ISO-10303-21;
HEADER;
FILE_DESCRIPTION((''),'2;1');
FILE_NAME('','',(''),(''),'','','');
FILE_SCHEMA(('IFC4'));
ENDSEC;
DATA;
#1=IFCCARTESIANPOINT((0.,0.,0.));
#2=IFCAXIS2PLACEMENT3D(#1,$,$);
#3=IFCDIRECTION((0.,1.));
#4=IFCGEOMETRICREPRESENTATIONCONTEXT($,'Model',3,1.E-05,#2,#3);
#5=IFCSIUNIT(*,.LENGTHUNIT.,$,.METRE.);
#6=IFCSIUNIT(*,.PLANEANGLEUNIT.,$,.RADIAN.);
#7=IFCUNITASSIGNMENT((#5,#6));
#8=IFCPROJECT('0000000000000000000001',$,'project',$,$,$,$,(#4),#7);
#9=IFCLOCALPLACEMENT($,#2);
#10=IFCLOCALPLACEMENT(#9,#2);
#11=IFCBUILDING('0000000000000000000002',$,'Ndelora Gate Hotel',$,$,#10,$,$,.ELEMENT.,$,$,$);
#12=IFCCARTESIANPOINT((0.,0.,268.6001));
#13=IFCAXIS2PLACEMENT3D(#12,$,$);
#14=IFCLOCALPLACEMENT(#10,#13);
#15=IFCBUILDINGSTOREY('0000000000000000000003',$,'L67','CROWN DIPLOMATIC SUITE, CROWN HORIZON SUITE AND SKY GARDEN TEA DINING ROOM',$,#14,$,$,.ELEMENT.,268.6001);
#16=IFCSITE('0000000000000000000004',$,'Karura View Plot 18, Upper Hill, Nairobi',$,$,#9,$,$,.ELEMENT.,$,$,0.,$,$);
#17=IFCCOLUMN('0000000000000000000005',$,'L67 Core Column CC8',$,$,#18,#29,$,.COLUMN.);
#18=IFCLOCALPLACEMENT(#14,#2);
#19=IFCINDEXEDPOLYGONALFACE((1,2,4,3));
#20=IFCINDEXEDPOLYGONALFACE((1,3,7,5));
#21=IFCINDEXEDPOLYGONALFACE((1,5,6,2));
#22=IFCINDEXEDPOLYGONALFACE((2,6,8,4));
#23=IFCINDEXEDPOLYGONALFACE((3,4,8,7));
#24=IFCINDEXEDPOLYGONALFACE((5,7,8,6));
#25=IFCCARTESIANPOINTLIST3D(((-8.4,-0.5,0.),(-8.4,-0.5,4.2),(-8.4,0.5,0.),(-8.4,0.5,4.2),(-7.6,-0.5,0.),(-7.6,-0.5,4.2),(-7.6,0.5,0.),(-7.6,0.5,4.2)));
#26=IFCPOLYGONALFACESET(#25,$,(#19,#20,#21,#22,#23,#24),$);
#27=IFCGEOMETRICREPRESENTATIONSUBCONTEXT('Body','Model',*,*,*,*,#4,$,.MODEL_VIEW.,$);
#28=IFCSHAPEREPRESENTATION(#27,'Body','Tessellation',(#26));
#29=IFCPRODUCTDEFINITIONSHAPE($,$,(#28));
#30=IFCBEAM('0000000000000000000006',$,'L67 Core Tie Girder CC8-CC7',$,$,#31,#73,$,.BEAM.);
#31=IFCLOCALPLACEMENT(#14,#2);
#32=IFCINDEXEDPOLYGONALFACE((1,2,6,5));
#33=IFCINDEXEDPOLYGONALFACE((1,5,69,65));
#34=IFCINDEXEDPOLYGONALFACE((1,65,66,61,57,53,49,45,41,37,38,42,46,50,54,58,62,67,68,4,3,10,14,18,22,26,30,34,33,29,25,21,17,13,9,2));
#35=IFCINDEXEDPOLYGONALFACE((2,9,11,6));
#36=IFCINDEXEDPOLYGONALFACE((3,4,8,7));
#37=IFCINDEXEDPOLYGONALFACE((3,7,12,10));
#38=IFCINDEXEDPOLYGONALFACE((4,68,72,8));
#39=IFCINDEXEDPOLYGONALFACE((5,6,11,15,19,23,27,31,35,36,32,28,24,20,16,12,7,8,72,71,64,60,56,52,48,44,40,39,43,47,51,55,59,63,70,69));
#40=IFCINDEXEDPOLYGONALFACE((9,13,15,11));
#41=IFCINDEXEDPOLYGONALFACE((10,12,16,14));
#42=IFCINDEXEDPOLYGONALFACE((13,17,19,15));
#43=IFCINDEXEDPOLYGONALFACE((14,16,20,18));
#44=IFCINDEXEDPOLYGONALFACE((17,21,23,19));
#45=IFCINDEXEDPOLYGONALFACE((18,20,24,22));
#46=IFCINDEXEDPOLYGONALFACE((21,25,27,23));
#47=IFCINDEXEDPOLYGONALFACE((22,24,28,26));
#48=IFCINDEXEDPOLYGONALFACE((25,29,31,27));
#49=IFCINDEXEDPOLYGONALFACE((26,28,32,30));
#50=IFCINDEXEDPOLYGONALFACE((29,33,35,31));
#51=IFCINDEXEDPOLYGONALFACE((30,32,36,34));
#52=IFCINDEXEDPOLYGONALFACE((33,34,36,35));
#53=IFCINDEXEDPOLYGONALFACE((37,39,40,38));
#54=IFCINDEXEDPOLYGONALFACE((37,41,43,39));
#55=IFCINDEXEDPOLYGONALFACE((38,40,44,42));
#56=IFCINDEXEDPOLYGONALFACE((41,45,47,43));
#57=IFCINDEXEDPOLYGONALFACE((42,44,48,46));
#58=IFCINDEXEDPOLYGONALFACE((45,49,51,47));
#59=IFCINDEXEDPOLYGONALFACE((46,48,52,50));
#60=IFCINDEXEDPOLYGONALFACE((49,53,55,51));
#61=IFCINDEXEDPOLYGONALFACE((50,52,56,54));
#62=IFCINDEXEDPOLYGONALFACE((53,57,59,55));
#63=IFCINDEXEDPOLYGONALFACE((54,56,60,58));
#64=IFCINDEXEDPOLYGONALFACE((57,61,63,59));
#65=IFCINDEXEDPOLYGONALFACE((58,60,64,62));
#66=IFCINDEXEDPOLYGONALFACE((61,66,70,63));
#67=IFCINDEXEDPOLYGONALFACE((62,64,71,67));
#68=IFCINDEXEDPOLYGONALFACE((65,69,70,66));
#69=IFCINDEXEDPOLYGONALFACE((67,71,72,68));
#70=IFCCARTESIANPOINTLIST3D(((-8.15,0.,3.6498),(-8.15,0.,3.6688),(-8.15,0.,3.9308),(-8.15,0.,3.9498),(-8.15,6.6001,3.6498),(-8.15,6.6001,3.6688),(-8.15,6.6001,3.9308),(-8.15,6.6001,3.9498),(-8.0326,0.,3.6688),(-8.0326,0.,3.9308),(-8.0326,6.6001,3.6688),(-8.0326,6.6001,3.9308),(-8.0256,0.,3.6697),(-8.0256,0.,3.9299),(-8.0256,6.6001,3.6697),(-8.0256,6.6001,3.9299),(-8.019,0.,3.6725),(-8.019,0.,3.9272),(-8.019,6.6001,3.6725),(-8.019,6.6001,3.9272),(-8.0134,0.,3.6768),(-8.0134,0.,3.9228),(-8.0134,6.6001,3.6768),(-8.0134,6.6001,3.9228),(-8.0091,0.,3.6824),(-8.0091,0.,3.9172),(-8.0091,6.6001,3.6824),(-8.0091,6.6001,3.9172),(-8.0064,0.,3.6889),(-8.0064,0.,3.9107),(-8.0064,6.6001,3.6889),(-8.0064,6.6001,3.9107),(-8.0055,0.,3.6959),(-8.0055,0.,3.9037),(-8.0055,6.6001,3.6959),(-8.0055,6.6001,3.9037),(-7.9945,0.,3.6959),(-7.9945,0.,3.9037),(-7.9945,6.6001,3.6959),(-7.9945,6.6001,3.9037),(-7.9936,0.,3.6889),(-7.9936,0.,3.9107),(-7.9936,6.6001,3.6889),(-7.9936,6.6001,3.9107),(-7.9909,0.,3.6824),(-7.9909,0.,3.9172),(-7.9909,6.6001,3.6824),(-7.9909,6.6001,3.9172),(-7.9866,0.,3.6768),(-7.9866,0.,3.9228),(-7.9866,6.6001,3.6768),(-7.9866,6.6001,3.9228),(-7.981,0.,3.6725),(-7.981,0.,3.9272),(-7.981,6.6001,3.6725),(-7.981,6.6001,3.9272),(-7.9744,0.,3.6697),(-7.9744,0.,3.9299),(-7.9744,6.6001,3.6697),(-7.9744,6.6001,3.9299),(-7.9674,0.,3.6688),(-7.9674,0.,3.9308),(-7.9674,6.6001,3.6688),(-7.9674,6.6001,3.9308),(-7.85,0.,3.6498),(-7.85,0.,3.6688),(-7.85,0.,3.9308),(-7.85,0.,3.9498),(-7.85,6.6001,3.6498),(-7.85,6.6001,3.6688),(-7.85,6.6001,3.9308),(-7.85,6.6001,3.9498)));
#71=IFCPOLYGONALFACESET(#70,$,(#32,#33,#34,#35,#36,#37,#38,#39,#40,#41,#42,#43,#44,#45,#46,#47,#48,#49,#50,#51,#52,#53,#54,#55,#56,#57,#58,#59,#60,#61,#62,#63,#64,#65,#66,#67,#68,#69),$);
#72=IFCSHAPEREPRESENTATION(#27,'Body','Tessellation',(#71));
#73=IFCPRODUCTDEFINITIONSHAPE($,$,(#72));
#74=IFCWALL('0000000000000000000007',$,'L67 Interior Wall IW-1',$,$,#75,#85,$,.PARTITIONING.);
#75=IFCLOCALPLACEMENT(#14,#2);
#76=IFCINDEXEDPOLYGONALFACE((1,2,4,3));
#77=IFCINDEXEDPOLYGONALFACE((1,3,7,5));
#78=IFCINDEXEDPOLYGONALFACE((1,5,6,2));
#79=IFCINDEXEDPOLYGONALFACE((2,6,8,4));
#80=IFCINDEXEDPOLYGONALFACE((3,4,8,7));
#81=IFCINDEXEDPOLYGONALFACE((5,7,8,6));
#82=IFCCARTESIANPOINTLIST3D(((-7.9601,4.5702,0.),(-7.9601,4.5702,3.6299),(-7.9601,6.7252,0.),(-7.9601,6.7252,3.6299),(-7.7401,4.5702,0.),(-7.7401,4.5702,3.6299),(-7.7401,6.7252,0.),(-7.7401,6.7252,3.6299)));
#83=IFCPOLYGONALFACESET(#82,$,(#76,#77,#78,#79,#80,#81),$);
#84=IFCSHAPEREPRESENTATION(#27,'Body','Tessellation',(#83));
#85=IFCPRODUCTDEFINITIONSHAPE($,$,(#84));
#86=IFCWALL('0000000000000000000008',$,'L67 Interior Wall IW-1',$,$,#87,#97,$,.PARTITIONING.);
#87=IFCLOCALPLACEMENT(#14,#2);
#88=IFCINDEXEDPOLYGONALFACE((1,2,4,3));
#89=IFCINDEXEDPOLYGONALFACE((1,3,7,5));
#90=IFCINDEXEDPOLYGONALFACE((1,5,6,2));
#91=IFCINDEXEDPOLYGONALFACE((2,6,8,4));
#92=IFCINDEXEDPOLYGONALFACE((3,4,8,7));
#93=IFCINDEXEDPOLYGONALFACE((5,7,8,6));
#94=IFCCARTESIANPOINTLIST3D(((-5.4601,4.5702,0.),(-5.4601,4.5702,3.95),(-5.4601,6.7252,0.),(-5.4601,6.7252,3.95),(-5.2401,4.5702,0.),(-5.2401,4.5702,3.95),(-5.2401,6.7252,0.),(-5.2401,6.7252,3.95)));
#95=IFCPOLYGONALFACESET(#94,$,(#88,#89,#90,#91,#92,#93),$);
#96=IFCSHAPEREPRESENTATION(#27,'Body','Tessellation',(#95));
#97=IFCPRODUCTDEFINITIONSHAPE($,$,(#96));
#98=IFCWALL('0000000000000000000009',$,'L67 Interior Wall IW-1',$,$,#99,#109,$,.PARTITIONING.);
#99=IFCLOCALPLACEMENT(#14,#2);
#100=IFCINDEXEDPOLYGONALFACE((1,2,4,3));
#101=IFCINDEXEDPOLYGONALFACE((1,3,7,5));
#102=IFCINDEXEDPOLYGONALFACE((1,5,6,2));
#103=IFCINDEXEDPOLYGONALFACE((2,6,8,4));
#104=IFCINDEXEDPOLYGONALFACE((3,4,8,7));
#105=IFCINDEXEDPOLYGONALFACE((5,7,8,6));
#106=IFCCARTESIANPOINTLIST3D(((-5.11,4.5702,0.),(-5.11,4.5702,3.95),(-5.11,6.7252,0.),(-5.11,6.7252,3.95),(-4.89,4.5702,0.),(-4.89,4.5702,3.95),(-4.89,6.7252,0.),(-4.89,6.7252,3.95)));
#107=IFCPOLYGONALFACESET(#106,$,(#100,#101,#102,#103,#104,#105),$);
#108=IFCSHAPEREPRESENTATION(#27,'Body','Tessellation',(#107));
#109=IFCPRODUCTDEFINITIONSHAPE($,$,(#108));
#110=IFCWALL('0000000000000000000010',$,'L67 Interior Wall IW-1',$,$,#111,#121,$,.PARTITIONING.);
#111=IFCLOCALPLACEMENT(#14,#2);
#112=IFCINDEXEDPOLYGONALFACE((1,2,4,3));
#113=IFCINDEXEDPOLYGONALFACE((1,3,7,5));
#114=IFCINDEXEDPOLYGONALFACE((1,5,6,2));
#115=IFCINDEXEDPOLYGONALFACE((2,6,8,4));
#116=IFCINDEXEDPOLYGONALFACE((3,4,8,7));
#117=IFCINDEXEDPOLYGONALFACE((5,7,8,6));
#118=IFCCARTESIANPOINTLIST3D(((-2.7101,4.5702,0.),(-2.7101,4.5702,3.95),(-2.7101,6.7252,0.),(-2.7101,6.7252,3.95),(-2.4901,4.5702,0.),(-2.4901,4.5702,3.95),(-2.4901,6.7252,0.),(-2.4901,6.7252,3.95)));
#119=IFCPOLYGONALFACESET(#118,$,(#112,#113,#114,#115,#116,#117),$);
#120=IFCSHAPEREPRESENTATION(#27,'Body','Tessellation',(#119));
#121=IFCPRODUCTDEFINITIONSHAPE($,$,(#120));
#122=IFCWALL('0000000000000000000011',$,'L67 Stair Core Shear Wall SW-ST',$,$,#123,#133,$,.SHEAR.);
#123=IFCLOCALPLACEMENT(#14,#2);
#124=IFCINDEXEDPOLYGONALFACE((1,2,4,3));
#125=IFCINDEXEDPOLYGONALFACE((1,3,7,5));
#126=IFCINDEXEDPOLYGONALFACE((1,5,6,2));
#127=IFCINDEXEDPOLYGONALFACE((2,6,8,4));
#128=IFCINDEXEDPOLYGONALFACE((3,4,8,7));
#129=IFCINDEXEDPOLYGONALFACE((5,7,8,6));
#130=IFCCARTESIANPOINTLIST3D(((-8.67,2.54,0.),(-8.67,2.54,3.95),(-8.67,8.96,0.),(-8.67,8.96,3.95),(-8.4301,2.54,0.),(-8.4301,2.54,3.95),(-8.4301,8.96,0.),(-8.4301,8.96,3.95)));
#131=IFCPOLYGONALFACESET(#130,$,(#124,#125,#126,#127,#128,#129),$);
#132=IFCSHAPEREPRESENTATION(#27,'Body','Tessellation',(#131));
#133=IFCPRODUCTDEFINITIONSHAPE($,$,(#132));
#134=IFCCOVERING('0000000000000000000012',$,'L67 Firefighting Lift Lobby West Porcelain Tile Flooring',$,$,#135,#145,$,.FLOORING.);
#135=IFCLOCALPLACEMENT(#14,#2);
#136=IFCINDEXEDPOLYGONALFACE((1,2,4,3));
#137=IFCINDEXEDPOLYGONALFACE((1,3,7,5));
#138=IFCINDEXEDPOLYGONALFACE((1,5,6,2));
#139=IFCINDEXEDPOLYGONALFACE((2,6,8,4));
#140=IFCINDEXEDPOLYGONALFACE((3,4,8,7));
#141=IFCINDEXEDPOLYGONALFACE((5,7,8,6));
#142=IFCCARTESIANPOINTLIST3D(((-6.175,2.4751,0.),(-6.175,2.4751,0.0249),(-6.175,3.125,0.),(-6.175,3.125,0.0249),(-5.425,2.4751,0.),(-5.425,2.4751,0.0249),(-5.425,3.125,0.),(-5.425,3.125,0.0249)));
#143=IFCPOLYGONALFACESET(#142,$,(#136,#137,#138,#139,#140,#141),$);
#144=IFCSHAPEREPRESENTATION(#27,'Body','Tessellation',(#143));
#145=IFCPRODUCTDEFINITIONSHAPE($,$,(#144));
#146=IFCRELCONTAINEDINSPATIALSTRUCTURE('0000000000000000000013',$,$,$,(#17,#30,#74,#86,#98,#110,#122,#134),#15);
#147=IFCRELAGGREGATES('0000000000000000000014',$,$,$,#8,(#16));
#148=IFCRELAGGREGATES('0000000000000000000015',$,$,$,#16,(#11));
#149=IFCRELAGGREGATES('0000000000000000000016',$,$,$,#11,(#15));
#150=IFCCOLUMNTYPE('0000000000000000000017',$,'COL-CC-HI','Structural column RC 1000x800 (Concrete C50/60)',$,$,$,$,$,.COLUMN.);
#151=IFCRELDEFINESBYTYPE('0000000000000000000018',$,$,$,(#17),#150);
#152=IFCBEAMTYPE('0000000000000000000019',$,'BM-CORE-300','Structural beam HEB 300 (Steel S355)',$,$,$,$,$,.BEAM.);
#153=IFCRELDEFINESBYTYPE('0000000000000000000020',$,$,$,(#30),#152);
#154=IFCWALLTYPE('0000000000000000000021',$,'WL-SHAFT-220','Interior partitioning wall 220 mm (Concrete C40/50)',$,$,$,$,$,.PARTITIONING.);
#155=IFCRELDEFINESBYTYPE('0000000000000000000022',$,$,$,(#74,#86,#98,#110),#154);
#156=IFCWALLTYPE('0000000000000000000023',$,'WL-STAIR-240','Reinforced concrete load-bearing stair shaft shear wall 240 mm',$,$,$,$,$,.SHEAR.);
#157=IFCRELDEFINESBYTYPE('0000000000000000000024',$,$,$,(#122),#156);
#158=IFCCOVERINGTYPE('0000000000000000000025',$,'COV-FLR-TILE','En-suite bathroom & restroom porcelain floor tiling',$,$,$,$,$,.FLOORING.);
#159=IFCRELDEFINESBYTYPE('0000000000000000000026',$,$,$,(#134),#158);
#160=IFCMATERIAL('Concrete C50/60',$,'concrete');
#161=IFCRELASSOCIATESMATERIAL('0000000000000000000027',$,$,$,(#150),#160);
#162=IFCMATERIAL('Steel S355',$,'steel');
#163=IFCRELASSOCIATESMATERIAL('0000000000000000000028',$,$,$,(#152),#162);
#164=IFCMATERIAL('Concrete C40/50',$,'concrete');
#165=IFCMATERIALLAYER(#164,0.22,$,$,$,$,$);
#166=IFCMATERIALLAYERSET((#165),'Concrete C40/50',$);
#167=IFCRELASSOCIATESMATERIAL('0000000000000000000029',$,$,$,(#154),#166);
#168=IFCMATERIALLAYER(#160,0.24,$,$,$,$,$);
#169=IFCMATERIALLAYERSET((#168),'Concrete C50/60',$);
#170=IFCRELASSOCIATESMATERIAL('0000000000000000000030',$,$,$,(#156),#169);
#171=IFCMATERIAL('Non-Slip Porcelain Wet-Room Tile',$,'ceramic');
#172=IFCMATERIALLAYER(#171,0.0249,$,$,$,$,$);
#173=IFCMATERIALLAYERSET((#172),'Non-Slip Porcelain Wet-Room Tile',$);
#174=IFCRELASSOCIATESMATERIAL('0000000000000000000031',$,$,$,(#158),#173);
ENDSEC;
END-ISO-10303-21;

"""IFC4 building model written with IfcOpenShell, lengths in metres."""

from ifc_helpers import new_model, si_unit, direction, frame, frame_2d, origin, origin_2d, place, context, subcontext, project, spatial, rectangle, i_section, extrude, material, layer, layer_set, material_profile, profile_set, type_object, element, save


model = new_model("IFC4")

# Units and contexts
model_context = context("Model", 3, precision=1e-05, world=origin(), true_north=direction((0.0, 1.0)))
body_context = subcontext(model_context, "Body", "Model", "MODEL_VIEW")
ifc_project = project(units=[si_unit("LENGTHUNIT", "METRE"), si_unit("PLANEANGLEUNIT", "RADIAN")], contexts=[model_context])

# Site, building, storey
site_placement = place(None, origin())
site = spatial("IfcSite", under=ifc_project, at=site_placement, Name="Karura View Plot 18, Upper Hill, Nairobi", CompositionType="ELEMENT", RefElevation=0.0)
building_placement = place(site_placement, origin())
building = spatial("IfcBuilding", under=site, at=building_placement, Name="Ndelora Gate Hotel", CompositionType="ELEMENT")
storey_placement = place(building_placement, frame((0.0, 0.0, 268.6001)))
storey = spatial("IfcBuildingStorey", under=building, at=storey_placement, Name="L67", Description="CROWN DIPLOMATIC SUITE, CROWN HORIZON SUITE AND SKY GARDEN TEA DINING ROOM", CompositionType="ELEMENT", Elevation=268.6001)

# Column
ifc_material_1 = material(Name="Concrete C50/60", Category="concrete")
ifc_material_profile_1 = material_profile(ifc_material_1, rectangle(XDim=0.8, YDim=1.0, at=origin_2d()), Name="RC 1000x800")
ifc_profile_set_1 = profile_set([ifc_material_profile_1], Name="Concrete C50/60")
column_type = type_object("IfcColumnType", Name="COL-CC-HI", Description="Structural column RC 1000x800 (Concrete C50/60)", PredefinedType="COLUMN", material=ifc_profile_set_1)
column_placement = place(storey_placement, frame((-8.0, 0.0, 0.0), z_axis=(0.0, 0.0, 1.0), x_axis=(1.0, 0.0, 0.0)))
element("IfcColumn", 1, at=column_placement, inside=storey, type_object=column_type, Name="L67 Core Column CC8", PredefinedType="COLUMN", context=body_context, shape_type="SweptSolid", body=[
    extrude(rectangle(XDim=0.8, YDim=1.0, at=origin_2d()), origin(), (0.0, 0.0, 1.0), 4.2),
])

# Beam
ifc_material_2 = material(Name="Steel S355", Category="steel")
ifc_material_profile_2 = material_profile(ifc_material_2, i_section(OverallWidth=0.3, OverallDepth=0.3, WebThickness=0.011, FlangeThickness=0.019, FilletRadius=0.0271, at=origin_2d()), Name="HEB 300")
ifc_profile_set_2 = profile_set([ifc_material_profile_2], Name="Steel S355")
beam_type = type_object("IfcBeamType", Name="BM-CORE-300", Description="Structural beam HEB 300 (Steel S355)", PredefinedType="BEAM", material=ifc_profile_set_2)
beam_placement = place(storey_placement, frame((-8.0, 0.0, 3.7998), z_axis=(0.0, 1.0, 0.0), x_axis=(-1.0, 0.0, 0.0)))
element("IfcBeam", 2, at=beam_placement, inside=storey, type_object=beam_type, Name="L67 Core Tie Girder CC8-CC7", PredefinedType="BEAM", context=body_context, shape_type="SweptSolid", body=[
    extrude(i_section(OverallWidth=0.3, OverallDepth=0.3, WebThickness=0.011, FlangeThickness=0.019, FilletRadius=0.0271, at=origin_2d()), origin(), (0.0, 0.0, 1.0), 6.6001),
])

# Shared definitions
ifc_material_3 = material(Name="Concrete C40/50", Category="concrete")
ifc_layer_1 = layer(ifc_material_3, 0.22)
ifc_layer_set_1 = layer_set([ifc_layer_1], Name="Concrete C40/50")
wall_type_1 = type_object("IfcWallType", Name="WL-SHAFT-220", Description="Interior partitioning wall 220 mm (Concrete C40/50)", PredefinedType="PARTITIONING", material=ifc_layer_set_1)

# Walls
wall_1_placement = place(storey_placement, frame((-7.8501, 4.5701, 0.0), z_axis=(0.0, 0.0, 1.0), x_axis=(0.0, 1.0, 0.0)))
element("IfcWall", 3, at=wall_1_placement, inside=storey, type_object=wall_type_1, Name="L67 Interior Wall IW-1", PredefinedType="PARTITIONING", context=body_context, shape_type="SweptSolid", body=[
    extrude(rectangle(XDim=2.155, YDim=0.22, at=frame_2d((1.0776, 0.0))), origin(), (0.0, 0.0, 1.0), 3.6299),
])
wall_2_placement = place(storey_placement, frame((-5.3501, 4.5701, 0.0), z_axis=(0.0, 0.0, 1.0), x_axis=(0.0, 1.0, 0.0)))
element("IfcWall", 4, at=wall_2_placement, inside=storey, type_object=wall_type_1, Name="L67 Interior Wall IW-1", PredefinedType="PARTITIONING", context=body_context, shape_type="SweptSolid", body=[
    extrude(rectangle(XDim=2.155, YDim=0.22, at=frame_2d((1.0776, 0.0))), origin(), (0.0, 0.0, 1.0), 3.95),
])

# Walls
for number, where, z_axis, x_axis, name in (
    (5, (-5.0, 4.5701, 0.0), (0.0, 0.0, 1.0), (0.0, 1.0, 0.0), "L67 Interior Wall IW-1"),
    (6, (-2.6001, 4.5701, 0.0), (0.0, 0.0, 1.0), (0.0, 1.0, 0.0), "L67 Interior Wall IW-1"),
):
    element("IfcWall", number, at=place(storey_placement, frame(where, z_axis=z_axis, x_axis=x_axis)), inside=storey, type_object=wall_type_1, Name=name, PredefinedType="PARTITIONING", context=body_context, shape_type="SweptSolid", body=[
        extrude(rectangle(XDim=2.155, YDim=0.22, at=frame_2d((1.0776, 0.0))), origin(), (0.0, 0.0, 1.0), 3.95),
    ])

# Shared definitions
ifc_layer_2 = layer(ifc_material_1, 0.24)
ifc_layer_set_2 = layer_set([ifc_layer_2], Name="Concrete C50/60")
wall_type_2 = type_object("IfcWallType", Name="WL-STAIR-240", Description="Reinforced concrete load-bearing stair shaft shear wall 240 mm", PredefinedType="SHEAR", material=ifc_layer_set_2)

# Wall
wall_3_placement = place(storey_placement, frame((-8.55, 2.54, 0.0), z_axis=(0.0, 0.0, 1.0), x_axis=(0.0, 1.0, 0.0)))
element("IfcWall", 7, at=wall_3_placement, inside=storey, type_object=wall_type_2, Name="L67 Stair Core Shear Wall SW-ST", PredefinedType="SHEAR", context=body_context, shape_type="SweptSolid", body=[
    extrude(rectangle(XDim=6.4199, YDim=0.24, at=frame_2d((3.21, 0.0))), origin(), (0.0, 0.0, 1.0), 3.95),
])

# Covering
ifc_material_4 = material(Name="Non-Slip Porcelain Wet-Room Tile", Category="ceramic")
ifc_layer_3 = layer(ifc_material_4, 0.0249)
ifc_layer_set_3 = layer_set([ifc_layer_3], Name="Non-Slip Porcelain Wet-Room Tile")
covering_type = type_object("IfcCoveringType", Name="COV-FLR-TILE", Description="En-suite bathroom & restroom porcelain floor tiling", PredefinedType="FLOORING", material=ifc_layer_set_3)
covering_placement = place(storey_placement, frame((-5.8, 2.8, 0.0), z_axis=(0.0, 0.0, 1.0), x_axis=(1.0, 0.0, 0.0)))
element("IfcCovering", 8, at=covering_placement, inside=storey, type_object=covering_type, Name="L67 Firefighting Lift Lobby West Porcelain Tile Flooring", PredefinedType="FLOORING", context=body_context, shape_type="SweptSolid", body=[
    extrude(rectangle(XDim=0.75, YDim=0.6499, at=origin_2d()), origin(), (0.0, 0.0, 1.0), 0.0249),
])

save(model, "model.ifc")
